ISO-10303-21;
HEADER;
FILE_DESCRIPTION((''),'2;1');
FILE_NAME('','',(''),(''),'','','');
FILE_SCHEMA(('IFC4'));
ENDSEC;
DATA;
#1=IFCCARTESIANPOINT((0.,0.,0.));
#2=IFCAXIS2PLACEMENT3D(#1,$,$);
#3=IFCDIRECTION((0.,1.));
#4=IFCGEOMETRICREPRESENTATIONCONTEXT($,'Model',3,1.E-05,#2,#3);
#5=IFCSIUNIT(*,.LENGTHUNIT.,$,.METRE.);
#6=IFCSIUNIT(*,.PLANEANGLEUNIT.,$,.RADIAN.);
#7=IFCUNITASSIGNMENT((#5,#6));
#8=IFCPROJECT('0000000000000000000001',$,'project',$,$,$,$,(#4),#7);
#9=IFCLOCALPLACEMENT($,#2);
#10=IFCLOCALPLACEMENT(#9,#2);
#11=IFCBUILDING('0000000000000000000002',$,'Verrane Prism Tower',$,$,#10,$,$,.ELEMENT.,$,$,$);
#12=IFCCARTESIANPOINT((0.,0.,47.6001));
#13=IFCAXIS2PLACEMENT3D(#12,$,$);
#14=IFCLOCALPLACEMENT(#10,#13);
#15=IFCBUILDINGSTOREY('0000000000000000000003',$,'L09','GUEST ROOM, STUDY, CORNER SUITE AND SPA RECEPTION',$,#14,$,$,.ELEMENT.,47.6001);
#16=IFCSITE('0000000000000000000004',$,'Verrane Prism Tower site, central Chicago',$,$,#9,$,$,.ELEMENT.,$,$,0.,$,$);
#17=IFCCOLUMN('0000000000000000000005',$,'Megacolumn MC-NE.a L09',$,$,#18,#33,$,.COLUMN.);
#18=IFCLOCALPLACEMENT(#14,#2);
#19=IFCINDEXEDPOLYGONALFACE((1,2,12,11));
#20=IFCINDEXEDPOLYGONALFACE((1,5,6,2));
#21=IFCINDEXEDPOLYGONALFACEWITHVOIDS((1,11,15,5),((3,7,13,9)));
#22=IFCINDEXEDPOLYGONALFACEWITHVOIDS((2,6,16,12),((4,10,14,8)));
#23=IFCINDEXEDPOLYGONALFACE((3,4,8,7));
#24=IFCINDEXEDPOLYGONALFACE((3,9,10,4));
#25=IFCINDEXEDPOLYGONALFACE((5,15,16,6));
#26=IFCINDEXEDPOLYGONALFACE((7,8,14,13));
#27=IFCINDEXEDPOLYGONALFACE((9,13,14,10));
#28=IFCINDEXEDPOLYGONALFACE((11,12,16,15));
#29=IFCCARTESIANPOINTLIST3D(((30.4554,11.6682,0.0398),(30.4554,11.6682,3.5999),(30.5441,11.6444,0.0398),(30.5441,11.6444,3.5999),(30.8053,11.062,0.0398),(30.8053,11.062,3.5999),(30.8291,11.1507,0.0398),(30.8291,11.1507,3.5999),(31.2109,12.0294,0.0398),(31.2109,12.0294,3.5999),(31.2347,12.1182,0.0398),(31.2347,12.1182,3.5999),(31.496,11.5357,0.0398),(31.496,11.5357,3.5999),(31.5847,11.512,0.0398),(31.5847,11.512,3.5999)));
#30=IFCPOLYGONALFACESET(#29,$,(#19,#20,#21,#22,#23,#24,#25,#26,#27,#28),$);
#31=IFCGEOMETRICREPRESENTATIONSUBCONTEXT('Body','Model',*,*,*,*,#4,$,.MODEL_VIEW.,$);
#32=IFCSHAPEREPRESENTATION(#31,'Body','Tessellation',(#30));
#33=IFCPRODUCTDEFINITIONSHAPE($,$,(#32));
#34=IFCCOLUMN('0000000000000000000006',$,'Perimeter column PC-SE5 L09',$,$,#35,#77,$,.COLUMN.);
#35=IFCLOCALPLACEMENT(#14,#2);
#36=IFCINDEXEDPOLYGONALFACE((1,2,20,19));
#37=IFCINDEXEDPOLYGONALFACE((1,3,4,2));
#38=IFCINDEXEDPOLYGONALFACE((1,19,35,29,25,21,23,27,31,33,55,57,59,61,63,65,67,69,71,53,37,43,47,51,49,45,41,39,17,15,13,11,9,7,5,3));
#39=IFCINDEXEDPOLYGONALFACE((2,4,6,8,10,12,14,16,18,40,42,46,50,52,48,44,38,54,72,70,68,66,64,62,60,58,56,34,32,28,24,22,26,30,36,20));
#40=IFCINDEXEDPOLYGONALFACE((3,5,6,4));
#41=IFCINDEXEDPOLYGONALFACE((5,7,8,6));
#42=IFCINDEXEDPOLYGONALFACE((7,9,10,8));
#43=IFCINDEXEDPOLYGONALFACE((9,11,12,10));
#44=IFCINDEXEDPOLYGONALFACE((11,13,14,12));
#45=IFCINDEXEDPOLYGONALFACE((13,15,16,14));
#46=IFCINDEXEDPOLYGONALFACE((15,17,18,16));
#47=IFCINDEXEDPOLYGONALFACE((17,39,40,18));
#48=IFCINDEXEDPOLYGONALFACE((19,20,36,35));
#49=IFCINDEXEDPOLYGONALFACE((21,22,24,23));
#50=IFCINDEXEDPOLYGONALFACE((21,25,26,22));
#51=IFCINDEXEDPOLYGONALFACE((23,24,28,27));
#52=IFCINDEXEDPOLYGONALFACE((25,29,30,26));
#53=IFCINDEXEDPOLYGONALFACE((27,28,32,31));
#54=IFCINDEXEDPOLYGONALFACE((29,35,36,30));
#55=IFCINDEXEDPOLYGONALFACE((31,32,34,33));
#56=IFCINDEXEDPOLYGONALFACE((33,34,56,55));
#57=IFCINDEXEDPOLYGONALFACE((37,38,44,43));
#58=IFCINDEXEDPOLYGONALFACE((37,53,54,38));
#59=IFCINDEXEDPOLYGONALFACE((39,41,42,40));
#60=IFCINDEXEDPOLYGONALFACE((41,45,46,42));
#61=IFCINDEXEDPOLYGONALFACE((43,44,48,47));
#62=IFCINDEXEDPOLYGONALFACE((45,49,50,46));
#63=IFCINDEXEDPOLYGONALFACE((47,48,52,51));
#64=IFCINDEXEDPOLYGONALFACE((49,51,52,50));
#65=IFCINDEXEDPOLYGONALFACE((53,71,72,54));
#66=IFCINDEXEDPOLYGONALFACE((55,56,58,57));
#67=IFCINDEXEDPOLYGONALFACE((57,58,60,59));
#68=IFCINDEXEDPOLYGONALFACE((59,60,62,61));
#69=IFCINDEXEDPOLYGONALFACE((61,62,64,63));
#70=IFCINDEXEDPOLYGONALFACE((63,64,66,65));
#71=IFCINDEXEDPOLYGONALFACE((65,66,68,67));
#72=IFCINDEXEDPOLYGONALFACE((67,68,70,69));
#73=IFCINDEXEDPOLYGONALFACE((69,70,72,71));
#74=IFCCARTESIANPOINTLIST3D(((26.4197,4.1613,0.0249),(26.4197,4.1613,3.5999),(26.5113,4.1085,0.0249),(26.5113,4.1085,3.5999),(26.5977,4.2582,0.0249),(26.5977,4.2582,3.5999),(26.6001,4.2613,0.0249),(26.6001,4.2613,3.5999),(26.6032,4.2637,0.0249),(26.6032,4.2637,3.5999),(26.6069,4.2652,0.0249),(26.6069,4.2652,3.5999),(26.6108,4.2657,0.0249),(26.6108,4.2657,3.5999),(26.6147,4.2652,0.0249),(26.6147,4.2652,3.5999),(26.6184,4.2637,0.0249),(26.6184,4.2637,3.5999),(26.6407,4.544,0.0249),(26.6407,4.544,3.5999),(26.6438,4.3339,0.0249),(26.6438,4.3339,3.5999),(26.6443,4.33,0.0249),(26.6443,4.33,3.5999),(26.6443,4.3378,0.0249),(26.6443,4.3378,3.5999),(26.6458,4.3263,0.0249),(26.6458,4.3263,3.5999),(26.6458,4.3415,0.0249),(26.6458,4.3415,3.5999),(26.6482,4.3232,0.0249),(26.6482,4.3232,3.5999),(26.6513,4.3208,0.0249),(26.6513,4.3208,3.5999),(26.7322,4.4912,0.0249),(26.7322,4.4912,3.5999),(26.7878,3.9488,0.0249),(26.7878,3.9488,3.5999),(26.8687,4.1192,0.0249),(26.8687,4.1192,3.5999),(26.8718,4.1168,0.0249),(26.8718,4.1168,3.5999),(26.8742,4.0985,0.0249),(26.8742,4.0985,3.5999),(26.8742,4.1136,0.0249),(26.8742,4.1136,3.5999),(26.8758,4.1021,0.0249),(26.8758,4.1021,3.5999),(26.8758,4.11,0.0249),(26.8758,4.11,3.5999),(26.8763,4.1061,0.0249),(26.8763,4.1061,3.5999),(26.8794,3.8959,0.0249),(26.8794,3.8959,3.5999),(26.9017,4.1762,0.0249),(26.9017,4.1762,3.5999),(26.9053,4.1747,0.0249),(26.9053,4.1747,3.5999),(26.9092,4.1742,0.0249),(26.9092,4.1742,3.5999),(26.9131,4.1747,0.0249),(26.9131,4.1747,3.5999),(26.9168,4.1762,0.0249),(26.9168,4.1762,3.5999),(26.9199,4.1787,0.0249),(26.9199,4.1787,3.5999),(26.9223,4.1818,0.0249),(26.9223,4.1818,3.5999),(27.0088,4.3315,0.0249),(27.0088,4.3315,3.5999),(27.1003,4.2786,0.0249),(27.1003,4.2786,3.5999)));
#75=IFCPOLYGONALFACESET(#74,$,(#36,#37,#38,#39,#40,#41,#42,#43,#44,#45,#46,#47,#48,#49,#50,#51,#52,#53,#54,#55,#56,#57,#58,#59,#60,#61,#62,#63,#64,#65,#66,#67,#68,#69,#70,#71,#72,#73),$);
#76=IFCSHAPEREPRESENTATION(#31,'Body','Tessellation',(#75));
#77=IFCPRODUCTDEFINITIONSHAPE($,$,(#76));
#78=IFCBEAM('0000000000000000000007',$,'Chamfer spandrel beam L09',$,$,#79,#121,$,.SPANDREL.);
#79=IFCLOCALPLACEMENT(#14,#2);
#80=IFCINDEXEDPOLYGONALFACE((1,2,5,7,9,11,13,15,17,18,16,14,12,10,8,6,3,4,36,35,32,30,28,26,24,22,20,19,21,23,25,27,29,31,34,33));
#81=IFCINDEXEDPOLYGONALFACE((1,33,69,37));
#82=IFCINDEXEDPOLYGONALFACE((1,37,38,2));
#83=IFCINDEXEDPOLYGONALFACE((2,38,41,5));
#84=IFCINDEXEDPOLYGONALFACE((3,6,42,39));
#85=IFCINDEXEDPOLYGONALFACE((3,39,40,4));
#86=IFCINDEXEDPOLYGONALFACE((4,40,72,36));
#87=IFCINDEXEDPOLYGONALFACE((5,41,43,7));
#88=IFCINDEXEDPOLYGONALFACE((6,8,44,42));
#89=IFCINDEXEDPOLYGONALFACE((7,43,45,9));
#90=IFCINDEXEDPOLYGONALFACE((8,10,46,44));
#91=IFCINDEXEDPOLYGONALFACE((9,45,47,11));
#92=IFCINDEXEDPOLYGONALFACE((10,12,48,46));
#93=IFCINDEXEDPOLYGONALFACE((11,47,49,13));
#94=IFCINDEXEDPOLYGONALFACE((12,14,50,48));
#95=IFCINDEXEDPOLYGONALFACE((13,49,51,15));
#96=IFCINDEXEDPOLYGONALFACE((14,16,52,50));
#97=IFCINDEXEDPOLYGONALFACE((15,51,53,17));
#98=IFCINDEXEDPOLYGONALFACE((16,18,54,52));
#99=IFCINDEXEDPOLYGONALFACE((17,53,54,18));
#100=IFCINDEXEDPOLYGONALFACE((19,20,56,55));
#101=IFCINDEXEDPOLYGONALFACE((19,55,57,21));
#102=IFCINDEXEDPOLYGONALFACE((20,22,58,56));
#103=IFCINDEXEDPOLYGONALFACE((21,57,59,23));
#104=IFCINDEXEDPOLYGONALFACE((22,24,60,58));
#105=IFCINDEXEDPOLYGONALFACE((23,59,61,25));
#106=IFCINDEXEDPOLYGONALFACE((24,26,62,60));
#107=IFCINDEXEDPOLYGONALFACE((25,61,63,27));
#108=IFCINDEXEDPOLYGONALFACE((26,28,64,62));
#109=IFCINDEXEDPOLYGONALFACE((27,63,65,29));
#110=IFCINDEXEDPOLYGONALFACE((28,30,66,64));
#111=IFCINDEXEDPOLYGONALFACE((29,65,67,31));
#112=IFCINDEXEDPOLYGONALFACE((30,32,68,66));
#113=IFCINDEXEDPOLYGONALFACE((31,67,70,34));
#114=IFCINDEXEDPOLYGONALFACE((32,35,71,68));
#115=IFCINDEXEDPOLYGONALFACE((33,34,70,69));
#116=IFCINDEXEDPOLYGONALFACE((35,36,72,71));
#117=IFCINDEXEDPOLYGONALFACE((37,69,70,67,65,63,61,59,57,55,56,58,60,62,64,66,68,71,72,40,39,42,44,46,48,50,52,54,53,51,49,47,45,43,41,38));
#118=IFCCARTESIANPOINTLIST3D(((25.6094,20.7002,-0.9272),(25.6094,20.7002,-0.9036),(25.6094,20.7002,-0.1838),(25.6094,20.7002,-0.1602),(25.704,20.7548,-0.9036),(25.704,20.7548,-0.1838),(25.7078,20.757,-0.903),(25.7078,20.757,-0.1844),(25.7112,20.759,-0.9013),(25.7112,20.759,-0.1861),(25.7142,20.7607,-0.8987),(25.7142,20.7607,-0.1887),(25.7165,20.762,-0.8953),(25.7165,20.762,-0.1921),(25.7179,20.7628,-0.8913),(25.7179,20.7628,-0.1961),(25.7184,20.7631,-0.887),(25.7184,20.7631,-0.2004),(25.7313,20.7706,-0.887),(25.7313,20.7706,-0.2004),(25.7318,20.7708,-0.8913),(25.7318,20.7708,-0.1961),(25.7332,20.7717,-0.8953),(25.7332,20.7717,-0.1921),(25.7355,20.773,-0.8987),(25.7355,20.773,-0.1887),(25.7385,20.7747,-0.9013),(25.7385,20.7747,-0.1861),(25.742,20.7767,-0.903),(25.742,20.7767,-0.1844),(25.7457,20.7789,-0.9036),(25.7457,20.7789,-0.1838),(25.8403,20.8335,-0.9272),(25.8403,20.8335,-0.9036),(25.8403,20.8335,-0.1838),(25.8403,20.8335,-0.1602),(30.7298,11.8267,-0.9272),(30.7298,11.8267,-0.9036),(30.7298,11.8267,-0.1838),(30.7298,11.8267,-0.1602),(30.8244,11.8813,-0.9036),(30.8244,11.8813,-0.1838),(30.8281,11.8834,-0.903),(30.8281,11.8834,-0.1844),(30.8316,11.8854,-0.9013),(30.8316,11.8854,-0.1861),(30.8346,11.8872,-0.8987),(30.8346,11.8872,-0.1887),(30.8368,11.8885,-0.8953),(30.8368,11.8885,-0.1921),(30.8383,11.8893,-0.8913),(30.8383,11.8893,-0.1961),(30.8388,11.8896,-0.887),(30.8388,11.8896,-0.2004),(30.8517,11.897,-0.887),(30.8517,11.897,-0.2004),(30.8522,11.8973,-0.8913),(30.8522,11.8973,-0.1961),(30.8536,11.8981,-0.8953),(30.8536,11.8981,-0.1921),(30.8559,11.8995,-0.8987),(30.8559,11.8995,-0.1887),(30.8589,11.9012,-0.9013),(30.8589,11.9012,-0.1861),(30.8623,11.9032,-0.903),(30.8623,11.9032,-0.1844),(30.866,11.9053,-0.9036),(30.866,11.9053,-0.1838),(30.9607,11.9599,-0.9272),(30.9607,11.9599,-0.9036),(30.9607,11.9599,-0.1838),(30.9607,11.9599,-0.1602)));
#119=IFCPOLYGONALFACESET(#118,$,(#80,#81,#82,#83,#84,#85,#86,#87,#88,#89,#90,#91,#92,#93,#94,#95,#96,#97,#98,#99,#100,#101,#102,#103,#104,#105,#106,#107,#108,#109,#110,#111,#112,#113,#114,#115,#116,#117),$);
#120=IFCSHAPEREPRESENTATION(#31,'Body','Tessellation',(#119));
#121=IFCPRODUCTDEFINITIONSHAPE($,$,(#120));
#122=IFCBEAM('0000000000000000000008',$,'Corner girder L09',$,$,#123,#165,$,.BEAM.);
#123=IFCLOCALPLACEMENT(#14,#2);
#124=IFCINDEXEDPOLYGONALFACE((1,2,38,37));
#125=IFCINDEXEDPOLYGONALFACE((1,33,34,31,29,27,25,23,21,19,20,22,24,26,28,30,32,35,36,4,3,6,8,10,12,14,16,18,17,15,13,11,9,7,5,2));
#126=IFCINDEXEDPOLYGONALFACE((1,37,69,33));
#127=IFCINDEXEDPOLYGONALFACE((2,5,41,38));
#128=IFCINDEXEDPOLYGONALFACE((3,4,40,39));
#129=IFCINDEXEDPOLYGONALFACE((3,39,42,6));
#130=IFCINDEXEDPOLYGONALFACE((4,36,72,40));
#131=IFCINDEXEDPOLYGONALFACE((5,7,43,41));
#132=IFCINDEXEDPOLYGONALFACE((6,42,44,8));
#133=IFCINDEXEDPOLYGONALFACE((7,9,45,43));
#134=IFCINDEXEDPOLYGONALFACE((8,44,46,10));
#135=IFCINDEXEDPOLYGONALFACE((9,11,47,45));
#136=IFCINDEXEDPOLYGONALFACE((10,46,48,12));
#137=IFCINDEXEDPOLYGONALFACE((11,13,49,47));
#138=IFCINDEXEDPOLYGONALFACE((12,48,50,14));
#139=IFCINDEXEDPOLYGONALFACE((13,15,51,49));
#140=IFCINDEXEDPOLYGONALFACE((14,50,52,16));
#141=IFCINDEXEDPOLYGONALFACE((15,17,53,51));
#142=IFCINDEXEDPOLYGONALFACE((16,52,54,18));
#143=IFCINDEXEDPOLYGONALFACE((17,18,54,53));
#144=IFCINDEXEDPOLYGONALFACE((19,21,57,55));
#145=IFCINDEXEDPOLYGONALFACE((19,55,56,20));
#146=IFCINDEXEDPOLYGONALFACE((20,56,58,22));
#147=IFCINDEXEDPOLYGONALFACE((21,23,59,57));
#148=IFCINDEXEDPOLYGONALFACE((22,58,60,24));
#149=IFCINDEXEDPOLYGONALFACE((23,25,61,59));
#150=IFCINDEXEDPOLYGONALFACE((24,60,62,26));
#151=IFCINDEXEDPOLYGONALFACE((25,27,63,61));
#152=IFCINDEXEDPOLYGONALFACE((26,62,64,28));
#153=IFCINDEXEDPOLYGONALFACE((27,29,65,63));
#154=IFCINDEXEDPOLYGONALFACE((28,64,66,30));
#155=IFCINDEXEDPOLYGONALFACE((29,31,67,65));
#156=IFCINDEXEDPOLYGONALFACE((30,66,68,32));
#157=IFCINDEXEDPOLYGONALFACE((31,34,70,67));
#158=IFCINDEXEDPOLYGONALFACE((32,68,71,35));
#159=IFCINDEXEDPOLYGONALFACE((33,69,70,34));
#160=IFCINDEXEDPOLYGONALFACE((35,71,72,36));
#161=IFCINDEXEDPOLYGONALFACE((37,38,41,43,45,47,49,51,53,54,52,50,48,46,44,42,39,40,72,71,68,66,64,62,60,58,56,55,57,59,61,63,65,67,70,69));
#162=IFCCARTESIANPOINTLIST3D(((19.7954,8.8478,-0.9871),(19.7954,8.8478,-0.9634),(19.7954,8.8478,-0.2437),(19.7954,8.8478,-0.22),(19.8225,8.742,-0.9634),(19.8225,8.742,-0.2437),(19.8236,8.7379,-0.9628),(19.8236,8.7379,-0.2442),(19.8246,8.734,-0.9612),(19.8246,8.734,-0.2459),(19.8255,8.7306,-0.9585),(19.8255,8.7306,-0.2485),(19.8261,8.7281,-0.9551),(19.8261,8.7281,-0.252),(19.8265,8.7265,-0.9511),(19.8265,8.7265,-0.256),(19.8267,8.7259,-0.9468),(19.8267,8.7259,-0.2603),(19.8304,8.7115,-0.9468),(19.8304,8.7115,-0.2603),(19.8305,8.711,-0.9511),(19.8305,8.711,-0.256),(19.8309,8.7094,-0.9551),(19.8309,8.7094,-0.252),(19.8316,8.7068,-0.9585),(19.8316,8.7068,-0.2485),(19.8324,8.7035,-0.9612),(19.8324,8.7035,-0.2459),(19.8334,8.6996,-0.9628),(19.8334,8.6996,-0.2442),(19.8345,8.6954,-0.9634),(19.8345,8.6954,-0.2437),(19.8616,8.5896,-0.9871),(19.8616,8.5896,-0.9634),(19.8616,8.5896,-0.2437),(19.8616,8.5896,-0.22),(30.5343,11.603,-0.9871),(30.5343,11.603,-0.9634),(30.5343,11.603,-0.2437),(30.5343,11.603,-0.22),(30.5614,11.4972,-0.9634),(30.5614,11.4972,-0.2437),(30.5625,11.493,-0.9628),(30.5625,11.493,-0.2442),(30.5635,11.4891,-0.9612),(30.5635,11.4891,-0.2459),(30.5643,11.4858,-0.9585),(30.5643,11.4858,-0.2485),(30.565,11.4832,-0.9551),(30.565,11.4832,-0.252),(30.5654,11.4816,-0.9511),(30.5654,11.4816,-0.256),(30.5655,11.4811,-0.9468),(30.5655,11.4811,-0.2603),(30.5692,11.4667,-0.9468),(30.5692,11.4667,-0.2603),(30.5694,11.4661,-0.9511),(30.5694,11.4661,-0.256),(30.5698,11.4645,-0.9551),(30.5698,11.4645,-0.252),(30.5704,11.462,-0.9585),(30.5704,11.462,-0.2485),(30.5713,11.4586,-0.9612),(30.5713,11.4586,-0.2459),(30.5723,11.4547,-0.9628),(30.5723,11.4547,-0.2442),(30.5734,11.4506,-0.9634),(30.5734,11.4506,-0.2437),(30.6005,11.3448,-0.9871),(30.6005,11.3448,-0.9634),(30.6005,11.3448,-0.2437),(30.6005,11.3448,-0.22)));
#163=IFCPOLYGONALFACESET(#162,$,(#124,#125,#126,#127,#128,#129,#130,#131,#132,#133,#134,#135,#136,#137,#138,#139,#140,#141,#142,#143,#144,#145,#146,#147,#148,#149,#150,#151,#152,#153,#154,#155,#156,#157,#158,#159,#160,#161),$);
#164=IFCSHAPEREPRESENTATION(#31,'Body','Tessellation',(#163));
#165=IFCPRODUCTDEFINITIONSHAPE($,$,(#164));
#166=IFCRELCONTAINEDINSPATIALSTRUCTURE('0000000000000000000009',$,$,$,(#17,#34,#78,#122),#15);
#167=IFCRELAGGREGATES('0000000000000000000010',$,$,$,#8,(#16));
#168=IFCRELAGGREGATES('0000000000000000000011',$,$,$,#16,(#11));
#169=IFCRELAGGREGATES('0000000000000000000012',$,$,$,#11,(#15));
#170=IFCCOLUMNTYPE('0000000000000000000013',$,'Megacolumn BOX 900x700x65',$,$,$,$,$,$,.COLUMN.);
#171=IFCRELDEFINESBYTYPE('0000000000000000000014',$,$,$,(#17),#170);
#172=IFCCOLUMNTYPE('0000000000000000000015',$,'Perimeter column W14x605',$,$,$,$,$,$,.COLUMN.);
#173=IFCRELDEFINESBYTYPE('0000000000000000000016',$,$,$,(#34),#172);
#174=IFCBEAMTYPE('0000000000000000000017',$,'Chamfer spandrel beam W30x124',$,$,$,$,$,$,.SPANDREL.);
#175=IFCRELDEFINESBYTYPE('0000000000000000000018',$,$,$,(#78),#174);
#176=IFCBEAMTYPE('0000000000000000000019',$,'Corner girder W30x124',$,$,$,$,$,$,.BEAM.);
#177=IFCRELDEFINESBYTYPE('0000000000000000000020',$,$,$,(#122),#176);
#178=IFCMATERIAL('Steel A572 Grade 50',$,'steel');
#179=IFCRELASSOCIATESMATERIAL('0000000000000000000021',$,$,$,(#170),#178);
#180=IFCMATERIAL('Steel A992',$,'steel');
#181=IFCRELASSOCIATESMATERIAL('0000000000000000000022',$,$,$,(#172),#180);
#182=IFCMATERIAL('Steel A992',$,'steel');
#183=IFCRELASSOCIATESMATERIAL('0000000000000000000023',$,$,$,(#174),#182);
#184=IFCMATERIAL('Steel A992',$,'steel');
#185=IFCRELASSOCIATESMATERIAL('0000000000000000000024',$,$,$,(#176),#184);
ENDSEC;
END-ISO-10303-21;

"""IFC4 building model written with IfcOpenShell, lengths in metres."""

from ifc_helpers import new_model, si_unit, direction, frame, origin, origin_2d, place, context, subcontext, project, spatial, hollow_rectangle, i_section, extrude, material, material_profile, profile_set, type_object, element, save


model = new_model("IFC4")

# Units and contexts
model_context = context("Model", 3, precision=1e-05, world=origin(), true_north=direction((0.0, 1.0)))
body_context = subcontext(model_context, "Body", "Model", "MODEL_VIEW")
ifc_project = project(units=[si_unit("LENGTHUNIT", "METRE"), si_unit("PLANEANGLEUNIT", "RADIAN")], contexts=[model_context])

# Site, building, storey
site_placement = place(None, origin())
site = spatial("IfcSite", under=ifc_project, at=site_placement, Name="Verrane Prism Tower site, central Chicago", CompositionType="ELEMENT", RefElevation=0.0)
building_placement = place(site_placement, origin())
building = spatial("IfcBuilding", under=site, at=building_placement, Name="Verrane Prism Tower", CompositionType="ELEMENT")
storey_placement = place(building_placement, frame((0.0, 0.0, 47.6001)))
storey = spatial("IfcBuildingStorey", under=building, at=storey_placement, Name="L09", Description="GUEST ROOM, STUDY, CORNER SUITE AND SPA RECEPTION", CompositionType="ELEMENT", Elevation=47.6001)

# Columns
ifc_material_1 = material(Name="Steel A572 Grade 50", Category="steel")
ifc_material_profile_1 = material_profile(ifc_material_1, hollow_rectangle(XDim=0.7, YDim=0.8999, WallThickness=0.0649, at=origin_2d()), Name="BOX 900x700x65")
ifc_profile_set_1 = profile_set([ifc_material_profile_1], Name="Steel A572 Grade 50")
column_type_1 = type_object("IfcColumnType", Name="Megacolumn BOX 900x700x65", PredefinedType="COLUMN", material=ifc_profile_set_1)
column_1_placement = place(storey_placement, frame((31.02, 11.5901, 0.0398), z_axis=(0.0, 0.0, 1.0), x_axis=(0.5, -0.866025, 0.0)))
element("IfcColumn", 1, at=column_1_placement, inside=storey, type_object=column_type_1, Name="Megacolumn MC-NE.a L09", PredefinedType="COLUMN", context=body_context, shape_type="SweptSolid", body=[
    extrude(hollow_rectangle(XDim=0.7, YDim=0.8999, WallThickness=0.0649, at=origin_2d()), origin(), (0.0, 0.0, 1.0), 3.5601),
])
ifc_material_2 = material(Name="Steel A992", Category="steel")
ifc_material_profile_2 = material_profile(ifc_material_2, i_section(OverallWidth=0.4419, OverallDepth=0.5308, WebThickness=0.0659, FlangeThickness=0.1057, FilletRadius=0.0151, at=origin_2d()), Name="W14x605")
ifc_profile_set_2 = profile_set([ifc_material_profile_2], Name="Steel A992")
column_type_2 = type_object("IfcColumnType", Name="Perimeter column W14x605", PredefinedType="COLUMN", material=ifc_profile_set_2)
column_2_placement = place(storey_placement, frame((26.76, 4.22, 0.0249), z_axis=(0.0, 0.0, 1.0), x_axis=(-0.5, -0.866025, 0.0)))
element("IfcColumn", 2, at=column_2_placement, inside=storey, type_object=column_type_2, Name="Perimeter column PC-SE5 L09", PredefinedType="COLUMN", context=body_context, shape_type="SweptSolid", body=[
    extrude(i_section(OverallWidth=0.4419, OverallDepth=0.5308, WebThickness=0.0659, FlangeThickness=0.1057, FilletRadius=0.0151, at=origin_2d()), origin(), (0.0, 0.0, 1.0), 3.575),
])

# Beams
ifc_material_3 = material(Name="Steel A992", Category="steel")
ifc_material_profile_3 = material_profile(ifc_material_3, i_section(OverallWidth=0.2666, OverallDepth=0.7671, WebThickness=0.0149, FlangeThickness=0.0237, FilletRadius=0.0166, at=origin_2d()), Name="W30x124")
ifc_profile_set_3 = profile_set([ifc_material_profile_3], Name="Steel A992")
beam_type_1 = type_object("IfcBeamType", Name="Chamfer spandrel beam W30x124", PredefinedType="SPANDREL", material=ifc_profile_set_3)
beam_1_placement = place(storey_placement, frame((30.8452, 11.8933, -0.5437), z_axis=(-0.499797, 0.866143, 0.0), x_axis=(-0.866143, -0.499797, 0.0)))
element("IfcBeam", 3, at=beam_1_placement, inside=storey, type_object=beam_type_1, Name="Chamfer spandrel beam L09", PredefinedType="SPANDREL", context=body_context, shape_type="SweptSolid", body=[
    extrude(i_section(OverallWidth=0.2666, OverallDepth=0.7671, WebThickness=0.0149, FlangeThickness=0.0237, FilletRadius=0.0166, at=origin_2d()), origin(), (0.0, 0.0, 1.0), 10.2449),
])
ifc_material_4 = material(Name="Steel A992", Category="steel")
ifc_material_profile_4 = material_profile(ifc_material_4, i_section(OverallWidth=0.2666, OverallDepth=0.7671, WebThickness=0.0149, FlangeThickness=0.0237, FilletRadius=0.0166, at=origin_2d()), Name="W30x124")
ifc_profile_set_4 = profile_set([ifc_material_profile_4], Name="Steel A992")
beam_type_2 = type_object("IfcBeamType", Name="Corner girder W30x124", PredefinedType="BEAM", material=ifc_profile_set_4)
beam_2_placement = place(storey_placement, frame((30.5674, 11.4739, -0.6035), z_axis=(-0.968629, -0.24851, 0.0), x_axis=(0.24851, -0.968629, 0.0)))
element("IfcBeam", 4, at=beam_2_placement, inside=storey, type_object=beam_type_2, Name="Corner girder L09", PredefinedType="BEAM", context=body_context, shape_type="SweptSolid", body=[
    extrude(i_section(OverallWidth=0.2666, OverallDepth=0.7671, WebThickness=0.0149, FlangeThickness=0.0237, FilletRadius=0.0166, at=origin_2d()), origin(), (0.0, 0.0, 1.0), 11.0867),
])

save(model, "model.ifc")
